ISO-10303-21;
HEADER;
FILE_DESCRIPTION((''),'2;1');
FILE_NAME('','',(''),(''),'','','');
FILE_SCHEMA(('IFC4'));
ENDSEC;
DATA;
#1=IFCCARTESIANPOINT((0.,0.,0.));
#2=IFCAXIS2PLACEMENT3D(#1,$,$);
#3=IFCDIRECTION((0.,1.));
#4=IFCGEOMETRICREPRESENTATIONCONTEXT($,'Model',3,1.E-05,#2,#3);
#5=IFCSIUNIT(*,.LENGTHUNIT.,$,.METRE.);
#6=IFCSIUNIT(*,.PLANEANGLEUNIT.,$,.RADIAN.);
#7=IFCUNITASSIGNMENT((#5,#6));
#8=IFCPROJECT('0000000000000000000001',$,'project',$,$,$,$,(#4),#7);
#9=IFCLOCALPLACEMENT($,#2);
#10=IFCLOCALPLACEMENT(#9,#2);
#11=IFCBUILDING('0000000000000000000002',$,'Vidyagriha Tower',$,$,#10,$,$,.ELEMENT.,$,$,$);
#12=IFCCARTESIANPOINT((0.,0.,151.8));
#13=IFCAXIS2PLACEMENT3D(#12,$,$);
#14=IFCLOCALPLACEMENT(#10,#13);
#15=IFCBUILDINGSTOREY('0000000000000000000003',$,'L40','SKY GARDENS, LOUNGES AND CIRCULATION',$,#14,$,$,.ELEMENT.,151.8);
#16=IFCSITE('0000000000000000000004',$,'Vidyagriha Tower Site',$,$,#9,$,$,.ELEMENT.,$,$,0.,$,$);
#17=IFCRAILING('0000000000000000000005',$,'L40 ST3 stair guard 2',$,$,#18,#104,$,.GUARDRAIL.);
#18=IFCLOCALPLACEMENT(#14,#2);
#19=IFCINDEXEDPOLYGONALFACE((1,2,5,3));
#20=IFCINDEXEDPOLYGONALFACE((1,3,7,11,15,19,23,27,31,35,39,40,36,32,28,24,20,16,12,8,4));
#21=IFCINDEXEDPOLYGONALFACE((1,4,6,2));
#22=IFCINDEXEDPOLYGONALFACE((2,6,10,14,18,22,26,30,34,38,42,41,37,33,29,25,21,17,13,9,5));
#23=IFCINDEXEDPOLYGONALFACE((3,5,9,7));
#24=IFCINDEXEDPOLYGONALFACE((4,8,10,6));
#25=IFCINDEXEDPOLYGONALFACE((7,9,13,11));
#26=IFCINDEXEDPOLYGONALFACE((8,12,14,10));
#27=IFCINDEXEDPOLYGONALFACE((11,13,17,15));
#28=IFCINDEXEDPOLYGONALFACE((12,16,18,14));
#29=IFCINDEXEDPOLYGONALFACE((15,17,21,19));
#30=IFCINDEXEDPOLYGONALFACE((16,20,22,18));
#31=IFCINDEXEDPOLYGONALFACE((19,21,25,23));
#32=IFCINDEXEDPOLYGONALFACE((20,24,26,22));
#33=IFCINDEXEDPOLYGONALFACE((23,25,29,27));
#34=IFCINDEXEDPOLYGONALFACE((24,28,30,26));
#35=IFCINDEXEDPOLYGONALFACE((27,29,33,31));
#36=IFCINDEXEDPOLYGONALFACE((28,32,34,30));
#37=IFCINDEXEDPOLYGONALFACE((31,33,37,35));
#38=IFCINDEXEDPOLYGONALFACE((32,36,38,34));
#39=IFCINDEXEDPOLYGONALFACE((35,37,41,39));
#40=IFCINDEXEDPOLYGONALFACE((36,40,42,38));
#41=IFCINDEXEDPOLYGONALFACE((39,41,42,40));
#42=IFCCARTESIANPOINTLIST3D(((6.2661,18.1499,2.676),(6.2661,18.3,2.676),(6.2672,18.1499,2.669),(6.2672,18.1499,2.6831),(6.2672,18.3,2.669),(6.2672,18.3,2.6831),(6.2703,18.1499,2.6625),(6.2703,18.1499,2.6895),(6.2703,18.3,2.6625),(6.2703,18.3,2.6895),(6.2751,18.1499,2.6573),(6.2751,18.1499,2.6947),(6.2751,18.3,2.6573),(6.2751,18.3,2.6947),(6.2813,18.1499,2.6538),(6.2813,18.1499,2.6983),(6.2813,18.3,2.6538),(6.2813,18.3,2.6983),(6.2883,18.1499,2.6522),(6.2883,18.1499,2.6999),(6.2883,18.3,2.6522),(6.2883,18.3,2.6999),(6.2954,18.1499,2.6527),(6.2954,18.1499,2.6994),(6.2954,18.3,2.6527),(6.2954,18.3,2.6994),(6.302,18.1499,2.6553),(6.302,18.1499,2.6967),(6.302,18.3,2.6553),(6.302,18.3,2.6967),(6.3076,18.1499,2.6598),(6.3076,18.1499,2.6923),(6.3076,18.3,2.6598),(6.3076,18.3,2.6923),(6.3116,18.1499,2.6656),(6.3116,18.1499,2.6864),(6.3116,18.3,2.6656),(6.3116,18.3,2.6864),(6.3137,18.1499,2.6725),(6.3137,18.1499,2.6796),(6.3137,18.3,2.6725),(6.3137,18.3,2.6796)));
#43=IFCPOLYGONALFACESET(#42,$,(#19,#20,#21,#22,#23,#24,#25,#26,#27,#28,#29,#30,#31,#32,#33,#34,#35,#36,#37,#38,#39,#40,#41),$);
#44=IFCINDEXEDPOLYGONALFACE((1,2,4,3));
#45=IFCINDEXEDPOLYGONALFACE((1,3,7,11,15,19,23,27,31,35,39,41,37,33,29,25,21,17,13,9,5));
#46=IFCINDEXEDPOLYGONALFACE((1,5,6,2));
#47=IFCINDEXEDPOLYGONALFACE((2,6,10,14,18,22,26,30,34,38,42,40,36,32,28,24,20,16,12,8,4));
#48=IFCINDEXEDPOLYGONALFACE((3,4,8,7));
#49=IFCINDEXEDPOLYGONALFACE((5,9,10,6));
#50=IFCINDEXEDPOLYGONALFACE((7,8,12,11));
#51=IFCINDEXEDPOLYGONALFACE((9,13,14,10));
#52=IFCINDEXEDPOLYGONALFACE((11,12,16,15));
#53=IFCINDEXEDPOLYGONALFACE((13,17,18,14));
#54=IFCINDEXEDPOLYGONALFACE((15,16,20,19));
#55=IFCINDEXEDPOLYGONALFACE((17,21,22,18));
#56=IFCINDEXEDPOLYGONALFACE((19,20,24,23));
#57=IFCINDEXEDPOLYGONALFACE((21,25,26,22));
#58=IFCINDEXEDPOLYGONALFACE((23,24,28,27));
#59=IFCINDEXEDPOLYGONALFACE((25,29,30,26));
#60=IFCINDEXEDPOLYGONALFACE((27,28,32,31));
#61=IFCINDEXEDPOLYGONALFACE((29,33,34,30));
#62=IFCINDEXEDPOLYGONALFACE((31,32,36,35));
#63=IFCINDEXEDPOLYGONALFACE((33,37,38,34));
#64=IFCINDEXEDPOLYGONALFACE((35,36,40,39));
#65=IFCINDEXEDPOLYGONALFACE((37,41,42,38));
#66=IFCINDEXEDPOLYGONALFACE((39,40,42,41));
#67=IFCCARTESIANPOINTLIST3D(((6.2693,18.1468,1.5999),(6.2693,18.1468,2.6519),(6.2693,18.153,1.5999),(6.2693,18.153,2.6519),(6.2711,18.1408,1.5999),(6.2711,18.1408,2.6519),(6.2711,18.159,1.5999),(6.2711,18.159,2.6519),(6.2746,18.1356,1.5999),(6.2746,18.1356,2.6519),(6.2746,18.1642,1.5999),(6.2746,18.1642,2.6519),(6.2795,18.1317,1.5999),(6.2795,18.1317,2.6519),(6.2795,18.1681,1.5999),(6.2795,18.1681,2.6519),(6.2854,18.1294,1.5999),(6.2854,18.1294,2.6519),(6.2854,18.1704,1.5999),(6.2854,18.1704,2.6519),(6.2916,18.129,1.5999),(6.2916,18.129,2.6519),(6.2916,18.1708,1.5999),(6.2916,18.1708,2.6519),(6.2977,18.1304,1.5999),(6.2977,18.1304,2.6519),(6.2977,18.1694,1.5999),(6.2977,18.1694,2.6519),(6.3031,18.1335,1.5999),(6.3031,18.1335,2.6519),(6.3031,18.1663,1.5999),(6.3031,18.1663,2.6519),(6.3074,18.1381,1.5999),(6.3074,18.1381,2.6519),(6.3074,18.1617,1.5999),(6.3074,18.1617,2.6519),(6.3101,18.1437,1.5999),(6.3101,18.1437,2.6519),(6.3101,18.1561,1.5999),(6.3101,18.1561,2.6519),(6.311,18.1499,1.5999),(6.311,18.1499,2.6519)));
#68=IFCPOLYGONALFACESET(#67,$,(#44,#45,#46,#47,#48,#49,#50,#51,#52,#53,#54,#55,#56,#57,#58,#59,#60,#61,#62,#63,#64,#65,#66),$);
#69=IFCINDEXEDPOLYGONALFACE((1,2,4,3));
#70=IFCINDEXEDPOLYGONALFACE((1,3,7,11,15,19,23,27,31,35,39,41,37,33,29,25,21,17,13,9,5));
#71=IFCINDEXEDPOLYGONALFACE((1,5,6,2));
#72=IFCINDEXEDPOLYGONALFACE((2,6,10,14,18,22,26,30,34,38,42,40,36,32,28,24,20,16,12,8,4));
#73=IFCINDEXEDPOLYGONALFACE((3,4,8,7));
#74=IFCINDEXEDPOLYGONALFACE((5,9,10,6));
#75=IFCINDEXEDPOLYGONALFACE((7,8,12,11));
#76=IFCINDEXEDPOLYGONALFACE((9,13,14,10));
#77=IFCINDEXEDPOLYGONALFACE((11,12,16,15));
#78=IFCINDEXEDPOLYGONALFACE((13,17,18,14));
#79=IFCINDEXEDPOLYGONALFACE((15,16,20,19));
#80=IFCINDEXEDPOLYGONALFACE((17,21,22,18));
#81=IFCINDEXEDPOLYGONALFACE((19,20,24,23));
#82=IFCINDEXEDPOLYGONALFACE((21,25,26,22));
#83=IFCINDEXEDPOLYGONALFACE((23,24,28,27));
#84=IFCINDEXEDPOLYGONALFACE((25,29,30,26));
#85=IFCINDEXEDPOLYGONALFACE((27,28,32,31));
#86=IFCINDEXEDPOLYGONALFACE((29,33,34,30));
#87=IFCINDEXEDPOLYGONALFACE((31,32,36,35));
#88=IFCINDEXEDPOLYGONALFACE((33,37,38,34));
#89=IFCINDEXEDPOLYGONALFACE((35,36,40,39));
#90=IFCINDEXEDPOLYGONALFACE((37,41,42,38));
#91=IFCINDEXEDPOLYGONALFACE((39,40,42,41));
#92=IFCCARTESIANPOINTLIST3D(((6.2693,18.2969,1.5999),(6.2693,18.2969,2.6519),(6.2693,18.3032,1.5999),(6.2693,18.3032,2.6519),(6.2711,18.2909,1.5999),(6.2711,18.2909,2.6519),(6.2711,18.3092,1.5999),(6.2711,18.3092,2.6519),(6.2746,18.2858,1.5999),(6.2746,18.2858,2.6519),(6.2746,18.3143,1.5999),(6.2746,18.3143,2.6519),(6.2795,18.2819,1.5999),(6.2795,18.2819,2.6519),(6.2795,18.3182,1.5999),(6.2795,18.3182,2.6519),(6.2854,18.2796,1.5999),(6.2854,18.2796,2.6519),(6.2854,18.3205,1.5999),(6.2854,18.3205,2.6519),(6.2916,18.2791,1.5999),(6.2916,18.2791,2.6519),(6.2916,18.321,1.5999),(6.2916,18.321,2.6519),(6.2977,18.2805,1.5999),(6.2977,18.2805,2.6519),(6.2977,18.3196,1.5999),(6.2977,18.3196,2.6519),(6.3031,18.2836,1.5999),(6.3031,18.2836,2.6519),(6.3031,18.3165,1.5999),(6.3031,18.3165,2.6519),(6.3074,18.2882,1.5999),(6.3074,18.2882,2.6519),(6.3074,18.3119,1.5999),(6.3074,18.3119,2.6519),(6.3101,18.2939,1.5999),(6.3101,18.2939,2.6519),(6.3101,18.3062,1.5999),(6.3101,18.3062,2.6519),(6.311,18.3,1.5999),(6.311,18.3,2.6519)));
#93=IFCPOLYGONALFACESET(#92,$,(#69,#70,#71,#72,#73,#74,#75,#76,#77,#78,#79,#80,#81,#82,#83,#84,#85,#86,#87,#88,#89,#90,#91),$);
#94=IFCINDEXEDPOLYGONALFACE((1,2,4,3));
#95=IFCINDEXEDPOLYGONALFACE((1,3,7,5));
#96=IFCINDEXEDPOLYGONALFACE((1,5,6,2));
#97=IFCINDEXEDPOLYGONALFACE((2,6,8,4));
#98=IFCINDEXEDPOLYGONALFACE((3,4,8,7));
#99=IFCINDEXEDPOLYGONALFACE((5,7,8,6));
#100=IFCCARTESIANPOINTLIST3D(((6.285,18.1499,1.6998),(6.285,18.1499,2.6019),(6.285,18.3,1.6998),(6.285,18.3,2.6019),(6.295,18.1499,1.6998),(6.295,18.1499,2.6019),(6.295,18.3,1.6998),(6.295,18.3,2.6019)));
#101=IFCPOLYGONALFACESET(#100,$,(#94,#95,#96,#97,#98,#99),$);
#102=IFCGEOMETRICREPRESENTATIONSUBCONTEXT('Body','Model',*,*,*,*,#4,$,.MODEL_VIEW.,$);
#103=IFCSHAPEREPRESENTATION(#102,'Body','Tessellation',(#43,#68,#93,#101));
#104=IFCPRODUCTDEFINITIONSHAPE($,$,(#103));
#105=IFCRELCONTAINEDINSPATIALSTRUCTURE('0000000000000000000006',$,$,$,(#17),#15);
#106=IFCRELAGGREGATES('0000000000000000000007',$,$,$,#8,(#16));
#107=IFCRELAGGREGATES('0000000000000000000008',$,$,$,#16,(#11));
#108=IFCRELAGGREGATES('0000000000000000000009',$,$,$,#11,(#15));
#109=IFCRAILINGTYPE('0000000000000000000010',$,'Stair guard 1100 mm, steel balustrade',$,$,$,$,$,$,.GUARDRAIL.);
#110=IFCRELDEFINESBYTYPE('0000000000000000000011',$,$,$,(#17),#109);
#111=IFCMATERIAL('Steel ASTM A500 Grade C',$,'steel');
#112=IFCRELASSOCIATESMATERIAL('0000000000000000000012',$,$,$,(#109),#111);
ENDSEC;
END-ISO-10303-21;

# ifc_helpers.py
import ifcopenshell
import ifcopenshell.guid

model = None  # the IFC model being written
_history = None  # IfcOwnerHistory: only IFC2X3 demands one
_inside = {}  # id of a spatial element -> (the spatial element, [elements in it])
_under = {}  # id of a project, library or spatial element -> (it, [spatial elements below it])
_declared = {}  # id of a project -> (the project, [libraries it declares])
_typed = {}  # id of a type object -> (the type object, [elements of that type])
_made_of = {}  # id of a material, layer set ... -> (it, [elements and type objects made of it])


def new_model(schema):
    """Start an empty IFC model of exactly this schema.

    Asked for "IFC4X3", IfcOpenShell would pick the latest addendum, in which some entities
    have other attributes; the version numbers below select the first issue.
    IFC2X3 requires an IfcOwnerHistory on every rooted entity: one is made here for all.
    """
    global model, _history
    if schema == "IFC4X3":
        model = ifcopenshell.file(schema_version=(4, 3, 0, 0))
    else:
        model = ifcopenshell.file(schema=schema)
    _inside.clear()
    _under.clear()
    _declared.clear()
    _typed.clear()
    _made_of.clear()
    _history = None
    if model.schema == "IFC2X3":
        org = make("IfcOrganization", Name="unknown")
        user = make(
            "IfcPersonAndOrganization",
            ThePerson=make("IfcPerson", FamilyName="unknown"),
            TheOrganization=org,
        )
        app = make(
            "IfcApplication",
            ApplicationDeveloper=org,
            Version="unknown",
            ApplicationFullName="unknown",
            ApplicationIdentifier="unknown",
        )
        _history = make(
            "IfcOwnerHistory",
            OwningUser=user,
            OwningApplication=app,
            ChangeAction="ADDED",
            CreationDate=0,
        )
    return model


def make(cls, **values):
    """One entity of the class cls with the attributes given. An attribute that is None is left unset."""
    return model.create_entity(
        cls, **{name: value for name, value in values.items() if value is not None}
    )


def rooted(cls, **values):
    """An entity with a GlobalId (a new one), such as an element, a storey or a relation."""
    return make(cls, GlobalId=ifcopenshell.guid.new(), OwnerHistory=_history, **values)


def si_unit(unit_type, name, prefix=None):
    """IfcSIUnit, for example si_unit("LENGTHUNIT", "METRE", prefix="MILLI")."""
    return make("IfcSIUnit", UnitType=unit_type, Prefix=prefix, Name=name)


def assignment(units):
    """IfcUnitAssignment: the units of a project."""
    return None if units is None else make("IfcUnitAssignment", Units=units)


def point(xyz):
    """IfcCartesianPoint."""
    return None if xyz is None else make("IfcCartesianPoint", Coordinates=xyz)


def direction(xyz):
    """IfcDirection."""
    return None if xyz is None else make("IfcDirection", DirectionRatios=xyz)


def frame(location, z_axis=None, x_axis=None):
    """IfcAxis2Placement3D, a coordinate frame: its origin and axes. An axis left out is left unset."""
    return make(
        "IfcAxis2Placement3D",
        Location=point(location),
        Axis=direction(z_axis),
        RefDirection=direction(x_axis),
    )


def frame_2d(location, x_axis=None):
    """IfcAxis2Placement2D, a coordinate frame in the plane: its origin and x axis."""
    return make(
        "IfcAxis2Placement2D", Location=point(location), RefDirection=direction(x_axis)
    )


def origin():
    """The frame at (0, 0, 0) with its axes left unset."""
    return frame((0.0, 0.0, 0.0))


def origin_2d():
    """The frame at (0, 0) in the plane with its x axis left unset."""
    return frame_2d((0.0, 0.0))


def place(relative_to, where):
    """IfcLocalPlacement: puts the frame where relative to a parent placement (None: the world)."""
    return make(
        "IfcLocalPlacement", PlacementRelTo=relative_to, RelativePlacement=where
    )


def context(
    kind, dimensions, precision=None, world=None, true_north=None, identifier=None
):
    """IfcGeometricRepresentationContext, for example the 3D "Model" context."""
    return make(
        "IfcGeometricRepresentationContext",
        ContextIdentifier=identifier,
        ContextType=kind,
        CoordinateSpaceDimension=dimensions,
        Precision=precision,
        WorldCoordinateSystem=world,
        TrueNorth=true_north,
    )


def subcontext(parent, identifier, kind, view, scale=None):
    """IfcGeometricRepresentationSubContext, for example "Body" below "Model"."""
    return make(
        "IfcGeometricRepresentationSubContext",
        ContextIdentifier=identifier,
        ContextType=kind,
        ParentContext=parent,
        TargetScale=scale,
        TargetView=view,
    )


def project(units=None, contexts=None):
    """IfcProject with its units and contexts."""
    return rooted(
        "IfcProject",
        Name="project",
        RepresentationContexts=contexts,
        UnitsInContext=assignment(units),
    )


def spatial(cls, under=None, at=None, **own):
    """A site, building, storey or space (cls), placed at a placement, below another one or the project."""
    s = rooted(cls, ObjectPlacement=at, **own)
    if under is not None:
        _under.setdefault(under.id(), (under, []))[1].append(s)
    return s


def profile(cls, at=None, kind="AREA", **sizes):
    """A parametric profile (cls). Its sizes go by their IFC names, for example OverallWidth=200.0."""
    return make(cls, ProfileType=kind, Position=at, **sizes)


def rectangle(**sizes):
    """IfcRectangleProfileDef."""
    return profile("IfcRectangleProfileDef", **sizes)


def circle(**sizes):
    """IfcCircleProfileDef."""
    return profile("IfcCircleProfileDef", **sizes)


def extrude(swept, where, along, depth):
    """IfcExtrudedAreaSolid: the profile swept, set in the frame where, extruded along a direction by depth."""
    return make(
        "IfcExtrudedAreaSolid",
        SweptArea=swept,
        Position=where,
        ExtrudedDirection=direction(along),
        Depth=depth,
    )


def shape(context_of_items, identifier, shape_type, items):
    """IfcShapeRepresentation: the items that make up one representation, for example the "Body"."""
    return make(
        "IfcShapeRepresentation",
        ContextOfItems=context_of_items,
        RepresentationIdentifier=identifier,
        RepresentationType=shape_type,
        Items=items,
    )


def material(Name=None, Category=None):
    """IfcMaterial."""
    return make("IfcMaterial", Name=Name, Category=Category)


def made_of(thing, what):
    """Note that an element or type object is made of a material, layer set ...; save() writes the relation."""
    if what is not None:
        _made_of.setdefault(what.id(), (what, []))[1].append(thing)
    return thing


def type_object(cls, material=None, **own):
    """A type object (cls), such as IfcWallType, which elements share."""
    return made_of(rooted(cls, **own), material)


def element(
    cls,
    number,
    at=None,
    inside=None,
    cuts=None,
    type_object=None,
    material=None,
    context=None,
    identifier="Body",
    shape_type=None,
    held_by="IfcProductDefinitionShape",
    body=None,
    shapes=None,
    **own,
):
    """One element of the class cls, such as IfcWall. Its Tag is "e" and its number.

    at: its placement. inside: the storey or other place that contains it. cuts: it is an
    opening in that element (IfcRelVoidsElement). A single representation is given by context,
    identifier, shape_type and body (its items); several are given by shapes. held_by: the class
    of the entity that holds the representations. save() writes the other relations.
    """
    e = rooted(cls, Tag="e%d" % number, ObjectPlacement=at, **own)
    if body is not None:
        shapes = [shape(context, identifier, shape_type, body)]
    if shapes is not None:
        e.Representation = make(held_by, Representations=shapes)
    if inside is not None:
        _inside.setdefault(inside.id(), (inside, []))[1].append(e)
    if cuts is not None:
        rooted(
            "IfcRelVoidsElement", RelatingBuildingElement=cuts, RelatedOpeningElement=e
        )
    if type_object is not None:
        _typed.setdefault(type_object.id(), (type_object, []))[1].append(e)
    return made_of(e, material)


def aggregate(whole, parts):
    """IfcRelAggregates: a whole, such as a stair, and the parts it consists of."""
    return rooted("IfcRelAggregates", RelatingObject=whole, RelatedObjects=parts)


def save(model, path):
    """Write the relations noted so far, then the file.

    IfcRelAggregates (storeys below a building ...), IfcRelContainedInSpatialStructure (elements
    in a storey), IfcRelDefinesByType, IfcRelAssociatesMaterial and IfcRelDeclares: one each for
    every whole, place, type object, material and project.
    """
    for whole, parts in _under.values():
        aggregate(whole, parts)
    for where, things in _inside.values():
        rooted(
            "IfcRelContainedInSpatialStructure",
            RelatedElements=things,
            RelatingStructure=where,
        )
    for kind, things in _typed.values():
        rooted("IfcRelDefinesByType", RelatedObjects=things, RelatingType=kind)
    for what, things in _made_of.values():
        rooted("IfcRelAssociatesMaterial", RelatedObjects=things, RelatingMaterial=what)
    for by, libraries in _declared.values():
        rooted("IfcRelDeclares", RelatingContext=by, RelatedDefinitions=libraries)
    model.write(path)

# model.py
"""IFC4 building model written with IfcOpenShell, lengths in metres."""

from ifc_helpers import new_model, si_unit, direction, frame, origin, origin_2d, place, context, subcontext, project, spatial, rectangle, circle, extrude, material, type_object, element, save


model = new_model("IFC4")

# Units and contexts
model_context = context("Model", 3, precision=1e-05, world=origin(), true_north=direction((0.0, 1.0)))
body_context = subcontext(model_context, "Body", "Model", "MODEL_VIEW")
ifc_project = project(units=[si_unit("LENGTHUNIT", "METRE"), si_unit("PLANEANGLEUNIT", "RADIAN")], contexts=[model_context])

# Site, building, storey
site_placement = place(None, origin())
site = spatial("IfcSite", under=ifc_project, at=site_placement, Name="Vidyagriha Tower Site", CompositionType="ELEMENT", RefElevation=0.0)
building_placement = place(site_placement, origin())
building = spatial("IfcBuilding", under=site, at=building_placement, Name="Vidyagriha Tower", CompositionType="ELEMENT")
storey_placement = place(building_placement, frame((0.0, 0.0, 151.8)))
storey = spatial("IfcBuildingStorey", under=building, at=storey_placement, Name="L40", Description="SKY GARDENS, LOUNGES AND CIRCULATION", CompositionType="ELEMENT", Elevation=151.8)

# Railing
ifc_material_1 = material(Name="Steel ASTM A500 Grade C", Category="steel")
railing_type_1 = type_object("IfcRailingType", Name="Stair guard 1100 mm, steel balustrade", PredefinedType="GUARDRAIL", material=ifc_material_1)
railing_1_placement = place(storey_placement, frame((6.29, 18.1499, 1.5999)))
element("IfcRailing", 1, at=railing_1_placement, inside=storey, type_object=railing_type_1, Name="L40 ST3 stair guard 2", PredefinedType="GUARDRAIL", context=body_context, shape_type="SweptSolid", body=[
    extrude(circle(Radius=0.0239, at=origin_2d()), frame((0.0, 0.0, 1.0762), z_axis=(0.0, 1.0, 0.0), x_axis=(-1.0, 0.0, 0.0)), (0.0, 0.0, 1.0), 0.1501),
    extrude(circle(Radius=0.021, at=origin_2d()), origin(), (0.0, 0.0, 1.0), 1.052),
    extrude(circle(Radius=0.021, at=origin_2d()), frame((0.0, 0.1501, 0.0)), (0.0, 0.0, 1.0), 1.052),
    extrude(rectangle(XDim=0.01, YDim=0.9021, at=origin_2d()), frame((0.0, 0.0, 0.551), z_axis=(0.0, 1.0, 0.0), x_axis=(-1.0, 0.0, 0.0)), (0.0, 0.0, 1.0), 0.1501),
])

save(model, "model.ifc")
